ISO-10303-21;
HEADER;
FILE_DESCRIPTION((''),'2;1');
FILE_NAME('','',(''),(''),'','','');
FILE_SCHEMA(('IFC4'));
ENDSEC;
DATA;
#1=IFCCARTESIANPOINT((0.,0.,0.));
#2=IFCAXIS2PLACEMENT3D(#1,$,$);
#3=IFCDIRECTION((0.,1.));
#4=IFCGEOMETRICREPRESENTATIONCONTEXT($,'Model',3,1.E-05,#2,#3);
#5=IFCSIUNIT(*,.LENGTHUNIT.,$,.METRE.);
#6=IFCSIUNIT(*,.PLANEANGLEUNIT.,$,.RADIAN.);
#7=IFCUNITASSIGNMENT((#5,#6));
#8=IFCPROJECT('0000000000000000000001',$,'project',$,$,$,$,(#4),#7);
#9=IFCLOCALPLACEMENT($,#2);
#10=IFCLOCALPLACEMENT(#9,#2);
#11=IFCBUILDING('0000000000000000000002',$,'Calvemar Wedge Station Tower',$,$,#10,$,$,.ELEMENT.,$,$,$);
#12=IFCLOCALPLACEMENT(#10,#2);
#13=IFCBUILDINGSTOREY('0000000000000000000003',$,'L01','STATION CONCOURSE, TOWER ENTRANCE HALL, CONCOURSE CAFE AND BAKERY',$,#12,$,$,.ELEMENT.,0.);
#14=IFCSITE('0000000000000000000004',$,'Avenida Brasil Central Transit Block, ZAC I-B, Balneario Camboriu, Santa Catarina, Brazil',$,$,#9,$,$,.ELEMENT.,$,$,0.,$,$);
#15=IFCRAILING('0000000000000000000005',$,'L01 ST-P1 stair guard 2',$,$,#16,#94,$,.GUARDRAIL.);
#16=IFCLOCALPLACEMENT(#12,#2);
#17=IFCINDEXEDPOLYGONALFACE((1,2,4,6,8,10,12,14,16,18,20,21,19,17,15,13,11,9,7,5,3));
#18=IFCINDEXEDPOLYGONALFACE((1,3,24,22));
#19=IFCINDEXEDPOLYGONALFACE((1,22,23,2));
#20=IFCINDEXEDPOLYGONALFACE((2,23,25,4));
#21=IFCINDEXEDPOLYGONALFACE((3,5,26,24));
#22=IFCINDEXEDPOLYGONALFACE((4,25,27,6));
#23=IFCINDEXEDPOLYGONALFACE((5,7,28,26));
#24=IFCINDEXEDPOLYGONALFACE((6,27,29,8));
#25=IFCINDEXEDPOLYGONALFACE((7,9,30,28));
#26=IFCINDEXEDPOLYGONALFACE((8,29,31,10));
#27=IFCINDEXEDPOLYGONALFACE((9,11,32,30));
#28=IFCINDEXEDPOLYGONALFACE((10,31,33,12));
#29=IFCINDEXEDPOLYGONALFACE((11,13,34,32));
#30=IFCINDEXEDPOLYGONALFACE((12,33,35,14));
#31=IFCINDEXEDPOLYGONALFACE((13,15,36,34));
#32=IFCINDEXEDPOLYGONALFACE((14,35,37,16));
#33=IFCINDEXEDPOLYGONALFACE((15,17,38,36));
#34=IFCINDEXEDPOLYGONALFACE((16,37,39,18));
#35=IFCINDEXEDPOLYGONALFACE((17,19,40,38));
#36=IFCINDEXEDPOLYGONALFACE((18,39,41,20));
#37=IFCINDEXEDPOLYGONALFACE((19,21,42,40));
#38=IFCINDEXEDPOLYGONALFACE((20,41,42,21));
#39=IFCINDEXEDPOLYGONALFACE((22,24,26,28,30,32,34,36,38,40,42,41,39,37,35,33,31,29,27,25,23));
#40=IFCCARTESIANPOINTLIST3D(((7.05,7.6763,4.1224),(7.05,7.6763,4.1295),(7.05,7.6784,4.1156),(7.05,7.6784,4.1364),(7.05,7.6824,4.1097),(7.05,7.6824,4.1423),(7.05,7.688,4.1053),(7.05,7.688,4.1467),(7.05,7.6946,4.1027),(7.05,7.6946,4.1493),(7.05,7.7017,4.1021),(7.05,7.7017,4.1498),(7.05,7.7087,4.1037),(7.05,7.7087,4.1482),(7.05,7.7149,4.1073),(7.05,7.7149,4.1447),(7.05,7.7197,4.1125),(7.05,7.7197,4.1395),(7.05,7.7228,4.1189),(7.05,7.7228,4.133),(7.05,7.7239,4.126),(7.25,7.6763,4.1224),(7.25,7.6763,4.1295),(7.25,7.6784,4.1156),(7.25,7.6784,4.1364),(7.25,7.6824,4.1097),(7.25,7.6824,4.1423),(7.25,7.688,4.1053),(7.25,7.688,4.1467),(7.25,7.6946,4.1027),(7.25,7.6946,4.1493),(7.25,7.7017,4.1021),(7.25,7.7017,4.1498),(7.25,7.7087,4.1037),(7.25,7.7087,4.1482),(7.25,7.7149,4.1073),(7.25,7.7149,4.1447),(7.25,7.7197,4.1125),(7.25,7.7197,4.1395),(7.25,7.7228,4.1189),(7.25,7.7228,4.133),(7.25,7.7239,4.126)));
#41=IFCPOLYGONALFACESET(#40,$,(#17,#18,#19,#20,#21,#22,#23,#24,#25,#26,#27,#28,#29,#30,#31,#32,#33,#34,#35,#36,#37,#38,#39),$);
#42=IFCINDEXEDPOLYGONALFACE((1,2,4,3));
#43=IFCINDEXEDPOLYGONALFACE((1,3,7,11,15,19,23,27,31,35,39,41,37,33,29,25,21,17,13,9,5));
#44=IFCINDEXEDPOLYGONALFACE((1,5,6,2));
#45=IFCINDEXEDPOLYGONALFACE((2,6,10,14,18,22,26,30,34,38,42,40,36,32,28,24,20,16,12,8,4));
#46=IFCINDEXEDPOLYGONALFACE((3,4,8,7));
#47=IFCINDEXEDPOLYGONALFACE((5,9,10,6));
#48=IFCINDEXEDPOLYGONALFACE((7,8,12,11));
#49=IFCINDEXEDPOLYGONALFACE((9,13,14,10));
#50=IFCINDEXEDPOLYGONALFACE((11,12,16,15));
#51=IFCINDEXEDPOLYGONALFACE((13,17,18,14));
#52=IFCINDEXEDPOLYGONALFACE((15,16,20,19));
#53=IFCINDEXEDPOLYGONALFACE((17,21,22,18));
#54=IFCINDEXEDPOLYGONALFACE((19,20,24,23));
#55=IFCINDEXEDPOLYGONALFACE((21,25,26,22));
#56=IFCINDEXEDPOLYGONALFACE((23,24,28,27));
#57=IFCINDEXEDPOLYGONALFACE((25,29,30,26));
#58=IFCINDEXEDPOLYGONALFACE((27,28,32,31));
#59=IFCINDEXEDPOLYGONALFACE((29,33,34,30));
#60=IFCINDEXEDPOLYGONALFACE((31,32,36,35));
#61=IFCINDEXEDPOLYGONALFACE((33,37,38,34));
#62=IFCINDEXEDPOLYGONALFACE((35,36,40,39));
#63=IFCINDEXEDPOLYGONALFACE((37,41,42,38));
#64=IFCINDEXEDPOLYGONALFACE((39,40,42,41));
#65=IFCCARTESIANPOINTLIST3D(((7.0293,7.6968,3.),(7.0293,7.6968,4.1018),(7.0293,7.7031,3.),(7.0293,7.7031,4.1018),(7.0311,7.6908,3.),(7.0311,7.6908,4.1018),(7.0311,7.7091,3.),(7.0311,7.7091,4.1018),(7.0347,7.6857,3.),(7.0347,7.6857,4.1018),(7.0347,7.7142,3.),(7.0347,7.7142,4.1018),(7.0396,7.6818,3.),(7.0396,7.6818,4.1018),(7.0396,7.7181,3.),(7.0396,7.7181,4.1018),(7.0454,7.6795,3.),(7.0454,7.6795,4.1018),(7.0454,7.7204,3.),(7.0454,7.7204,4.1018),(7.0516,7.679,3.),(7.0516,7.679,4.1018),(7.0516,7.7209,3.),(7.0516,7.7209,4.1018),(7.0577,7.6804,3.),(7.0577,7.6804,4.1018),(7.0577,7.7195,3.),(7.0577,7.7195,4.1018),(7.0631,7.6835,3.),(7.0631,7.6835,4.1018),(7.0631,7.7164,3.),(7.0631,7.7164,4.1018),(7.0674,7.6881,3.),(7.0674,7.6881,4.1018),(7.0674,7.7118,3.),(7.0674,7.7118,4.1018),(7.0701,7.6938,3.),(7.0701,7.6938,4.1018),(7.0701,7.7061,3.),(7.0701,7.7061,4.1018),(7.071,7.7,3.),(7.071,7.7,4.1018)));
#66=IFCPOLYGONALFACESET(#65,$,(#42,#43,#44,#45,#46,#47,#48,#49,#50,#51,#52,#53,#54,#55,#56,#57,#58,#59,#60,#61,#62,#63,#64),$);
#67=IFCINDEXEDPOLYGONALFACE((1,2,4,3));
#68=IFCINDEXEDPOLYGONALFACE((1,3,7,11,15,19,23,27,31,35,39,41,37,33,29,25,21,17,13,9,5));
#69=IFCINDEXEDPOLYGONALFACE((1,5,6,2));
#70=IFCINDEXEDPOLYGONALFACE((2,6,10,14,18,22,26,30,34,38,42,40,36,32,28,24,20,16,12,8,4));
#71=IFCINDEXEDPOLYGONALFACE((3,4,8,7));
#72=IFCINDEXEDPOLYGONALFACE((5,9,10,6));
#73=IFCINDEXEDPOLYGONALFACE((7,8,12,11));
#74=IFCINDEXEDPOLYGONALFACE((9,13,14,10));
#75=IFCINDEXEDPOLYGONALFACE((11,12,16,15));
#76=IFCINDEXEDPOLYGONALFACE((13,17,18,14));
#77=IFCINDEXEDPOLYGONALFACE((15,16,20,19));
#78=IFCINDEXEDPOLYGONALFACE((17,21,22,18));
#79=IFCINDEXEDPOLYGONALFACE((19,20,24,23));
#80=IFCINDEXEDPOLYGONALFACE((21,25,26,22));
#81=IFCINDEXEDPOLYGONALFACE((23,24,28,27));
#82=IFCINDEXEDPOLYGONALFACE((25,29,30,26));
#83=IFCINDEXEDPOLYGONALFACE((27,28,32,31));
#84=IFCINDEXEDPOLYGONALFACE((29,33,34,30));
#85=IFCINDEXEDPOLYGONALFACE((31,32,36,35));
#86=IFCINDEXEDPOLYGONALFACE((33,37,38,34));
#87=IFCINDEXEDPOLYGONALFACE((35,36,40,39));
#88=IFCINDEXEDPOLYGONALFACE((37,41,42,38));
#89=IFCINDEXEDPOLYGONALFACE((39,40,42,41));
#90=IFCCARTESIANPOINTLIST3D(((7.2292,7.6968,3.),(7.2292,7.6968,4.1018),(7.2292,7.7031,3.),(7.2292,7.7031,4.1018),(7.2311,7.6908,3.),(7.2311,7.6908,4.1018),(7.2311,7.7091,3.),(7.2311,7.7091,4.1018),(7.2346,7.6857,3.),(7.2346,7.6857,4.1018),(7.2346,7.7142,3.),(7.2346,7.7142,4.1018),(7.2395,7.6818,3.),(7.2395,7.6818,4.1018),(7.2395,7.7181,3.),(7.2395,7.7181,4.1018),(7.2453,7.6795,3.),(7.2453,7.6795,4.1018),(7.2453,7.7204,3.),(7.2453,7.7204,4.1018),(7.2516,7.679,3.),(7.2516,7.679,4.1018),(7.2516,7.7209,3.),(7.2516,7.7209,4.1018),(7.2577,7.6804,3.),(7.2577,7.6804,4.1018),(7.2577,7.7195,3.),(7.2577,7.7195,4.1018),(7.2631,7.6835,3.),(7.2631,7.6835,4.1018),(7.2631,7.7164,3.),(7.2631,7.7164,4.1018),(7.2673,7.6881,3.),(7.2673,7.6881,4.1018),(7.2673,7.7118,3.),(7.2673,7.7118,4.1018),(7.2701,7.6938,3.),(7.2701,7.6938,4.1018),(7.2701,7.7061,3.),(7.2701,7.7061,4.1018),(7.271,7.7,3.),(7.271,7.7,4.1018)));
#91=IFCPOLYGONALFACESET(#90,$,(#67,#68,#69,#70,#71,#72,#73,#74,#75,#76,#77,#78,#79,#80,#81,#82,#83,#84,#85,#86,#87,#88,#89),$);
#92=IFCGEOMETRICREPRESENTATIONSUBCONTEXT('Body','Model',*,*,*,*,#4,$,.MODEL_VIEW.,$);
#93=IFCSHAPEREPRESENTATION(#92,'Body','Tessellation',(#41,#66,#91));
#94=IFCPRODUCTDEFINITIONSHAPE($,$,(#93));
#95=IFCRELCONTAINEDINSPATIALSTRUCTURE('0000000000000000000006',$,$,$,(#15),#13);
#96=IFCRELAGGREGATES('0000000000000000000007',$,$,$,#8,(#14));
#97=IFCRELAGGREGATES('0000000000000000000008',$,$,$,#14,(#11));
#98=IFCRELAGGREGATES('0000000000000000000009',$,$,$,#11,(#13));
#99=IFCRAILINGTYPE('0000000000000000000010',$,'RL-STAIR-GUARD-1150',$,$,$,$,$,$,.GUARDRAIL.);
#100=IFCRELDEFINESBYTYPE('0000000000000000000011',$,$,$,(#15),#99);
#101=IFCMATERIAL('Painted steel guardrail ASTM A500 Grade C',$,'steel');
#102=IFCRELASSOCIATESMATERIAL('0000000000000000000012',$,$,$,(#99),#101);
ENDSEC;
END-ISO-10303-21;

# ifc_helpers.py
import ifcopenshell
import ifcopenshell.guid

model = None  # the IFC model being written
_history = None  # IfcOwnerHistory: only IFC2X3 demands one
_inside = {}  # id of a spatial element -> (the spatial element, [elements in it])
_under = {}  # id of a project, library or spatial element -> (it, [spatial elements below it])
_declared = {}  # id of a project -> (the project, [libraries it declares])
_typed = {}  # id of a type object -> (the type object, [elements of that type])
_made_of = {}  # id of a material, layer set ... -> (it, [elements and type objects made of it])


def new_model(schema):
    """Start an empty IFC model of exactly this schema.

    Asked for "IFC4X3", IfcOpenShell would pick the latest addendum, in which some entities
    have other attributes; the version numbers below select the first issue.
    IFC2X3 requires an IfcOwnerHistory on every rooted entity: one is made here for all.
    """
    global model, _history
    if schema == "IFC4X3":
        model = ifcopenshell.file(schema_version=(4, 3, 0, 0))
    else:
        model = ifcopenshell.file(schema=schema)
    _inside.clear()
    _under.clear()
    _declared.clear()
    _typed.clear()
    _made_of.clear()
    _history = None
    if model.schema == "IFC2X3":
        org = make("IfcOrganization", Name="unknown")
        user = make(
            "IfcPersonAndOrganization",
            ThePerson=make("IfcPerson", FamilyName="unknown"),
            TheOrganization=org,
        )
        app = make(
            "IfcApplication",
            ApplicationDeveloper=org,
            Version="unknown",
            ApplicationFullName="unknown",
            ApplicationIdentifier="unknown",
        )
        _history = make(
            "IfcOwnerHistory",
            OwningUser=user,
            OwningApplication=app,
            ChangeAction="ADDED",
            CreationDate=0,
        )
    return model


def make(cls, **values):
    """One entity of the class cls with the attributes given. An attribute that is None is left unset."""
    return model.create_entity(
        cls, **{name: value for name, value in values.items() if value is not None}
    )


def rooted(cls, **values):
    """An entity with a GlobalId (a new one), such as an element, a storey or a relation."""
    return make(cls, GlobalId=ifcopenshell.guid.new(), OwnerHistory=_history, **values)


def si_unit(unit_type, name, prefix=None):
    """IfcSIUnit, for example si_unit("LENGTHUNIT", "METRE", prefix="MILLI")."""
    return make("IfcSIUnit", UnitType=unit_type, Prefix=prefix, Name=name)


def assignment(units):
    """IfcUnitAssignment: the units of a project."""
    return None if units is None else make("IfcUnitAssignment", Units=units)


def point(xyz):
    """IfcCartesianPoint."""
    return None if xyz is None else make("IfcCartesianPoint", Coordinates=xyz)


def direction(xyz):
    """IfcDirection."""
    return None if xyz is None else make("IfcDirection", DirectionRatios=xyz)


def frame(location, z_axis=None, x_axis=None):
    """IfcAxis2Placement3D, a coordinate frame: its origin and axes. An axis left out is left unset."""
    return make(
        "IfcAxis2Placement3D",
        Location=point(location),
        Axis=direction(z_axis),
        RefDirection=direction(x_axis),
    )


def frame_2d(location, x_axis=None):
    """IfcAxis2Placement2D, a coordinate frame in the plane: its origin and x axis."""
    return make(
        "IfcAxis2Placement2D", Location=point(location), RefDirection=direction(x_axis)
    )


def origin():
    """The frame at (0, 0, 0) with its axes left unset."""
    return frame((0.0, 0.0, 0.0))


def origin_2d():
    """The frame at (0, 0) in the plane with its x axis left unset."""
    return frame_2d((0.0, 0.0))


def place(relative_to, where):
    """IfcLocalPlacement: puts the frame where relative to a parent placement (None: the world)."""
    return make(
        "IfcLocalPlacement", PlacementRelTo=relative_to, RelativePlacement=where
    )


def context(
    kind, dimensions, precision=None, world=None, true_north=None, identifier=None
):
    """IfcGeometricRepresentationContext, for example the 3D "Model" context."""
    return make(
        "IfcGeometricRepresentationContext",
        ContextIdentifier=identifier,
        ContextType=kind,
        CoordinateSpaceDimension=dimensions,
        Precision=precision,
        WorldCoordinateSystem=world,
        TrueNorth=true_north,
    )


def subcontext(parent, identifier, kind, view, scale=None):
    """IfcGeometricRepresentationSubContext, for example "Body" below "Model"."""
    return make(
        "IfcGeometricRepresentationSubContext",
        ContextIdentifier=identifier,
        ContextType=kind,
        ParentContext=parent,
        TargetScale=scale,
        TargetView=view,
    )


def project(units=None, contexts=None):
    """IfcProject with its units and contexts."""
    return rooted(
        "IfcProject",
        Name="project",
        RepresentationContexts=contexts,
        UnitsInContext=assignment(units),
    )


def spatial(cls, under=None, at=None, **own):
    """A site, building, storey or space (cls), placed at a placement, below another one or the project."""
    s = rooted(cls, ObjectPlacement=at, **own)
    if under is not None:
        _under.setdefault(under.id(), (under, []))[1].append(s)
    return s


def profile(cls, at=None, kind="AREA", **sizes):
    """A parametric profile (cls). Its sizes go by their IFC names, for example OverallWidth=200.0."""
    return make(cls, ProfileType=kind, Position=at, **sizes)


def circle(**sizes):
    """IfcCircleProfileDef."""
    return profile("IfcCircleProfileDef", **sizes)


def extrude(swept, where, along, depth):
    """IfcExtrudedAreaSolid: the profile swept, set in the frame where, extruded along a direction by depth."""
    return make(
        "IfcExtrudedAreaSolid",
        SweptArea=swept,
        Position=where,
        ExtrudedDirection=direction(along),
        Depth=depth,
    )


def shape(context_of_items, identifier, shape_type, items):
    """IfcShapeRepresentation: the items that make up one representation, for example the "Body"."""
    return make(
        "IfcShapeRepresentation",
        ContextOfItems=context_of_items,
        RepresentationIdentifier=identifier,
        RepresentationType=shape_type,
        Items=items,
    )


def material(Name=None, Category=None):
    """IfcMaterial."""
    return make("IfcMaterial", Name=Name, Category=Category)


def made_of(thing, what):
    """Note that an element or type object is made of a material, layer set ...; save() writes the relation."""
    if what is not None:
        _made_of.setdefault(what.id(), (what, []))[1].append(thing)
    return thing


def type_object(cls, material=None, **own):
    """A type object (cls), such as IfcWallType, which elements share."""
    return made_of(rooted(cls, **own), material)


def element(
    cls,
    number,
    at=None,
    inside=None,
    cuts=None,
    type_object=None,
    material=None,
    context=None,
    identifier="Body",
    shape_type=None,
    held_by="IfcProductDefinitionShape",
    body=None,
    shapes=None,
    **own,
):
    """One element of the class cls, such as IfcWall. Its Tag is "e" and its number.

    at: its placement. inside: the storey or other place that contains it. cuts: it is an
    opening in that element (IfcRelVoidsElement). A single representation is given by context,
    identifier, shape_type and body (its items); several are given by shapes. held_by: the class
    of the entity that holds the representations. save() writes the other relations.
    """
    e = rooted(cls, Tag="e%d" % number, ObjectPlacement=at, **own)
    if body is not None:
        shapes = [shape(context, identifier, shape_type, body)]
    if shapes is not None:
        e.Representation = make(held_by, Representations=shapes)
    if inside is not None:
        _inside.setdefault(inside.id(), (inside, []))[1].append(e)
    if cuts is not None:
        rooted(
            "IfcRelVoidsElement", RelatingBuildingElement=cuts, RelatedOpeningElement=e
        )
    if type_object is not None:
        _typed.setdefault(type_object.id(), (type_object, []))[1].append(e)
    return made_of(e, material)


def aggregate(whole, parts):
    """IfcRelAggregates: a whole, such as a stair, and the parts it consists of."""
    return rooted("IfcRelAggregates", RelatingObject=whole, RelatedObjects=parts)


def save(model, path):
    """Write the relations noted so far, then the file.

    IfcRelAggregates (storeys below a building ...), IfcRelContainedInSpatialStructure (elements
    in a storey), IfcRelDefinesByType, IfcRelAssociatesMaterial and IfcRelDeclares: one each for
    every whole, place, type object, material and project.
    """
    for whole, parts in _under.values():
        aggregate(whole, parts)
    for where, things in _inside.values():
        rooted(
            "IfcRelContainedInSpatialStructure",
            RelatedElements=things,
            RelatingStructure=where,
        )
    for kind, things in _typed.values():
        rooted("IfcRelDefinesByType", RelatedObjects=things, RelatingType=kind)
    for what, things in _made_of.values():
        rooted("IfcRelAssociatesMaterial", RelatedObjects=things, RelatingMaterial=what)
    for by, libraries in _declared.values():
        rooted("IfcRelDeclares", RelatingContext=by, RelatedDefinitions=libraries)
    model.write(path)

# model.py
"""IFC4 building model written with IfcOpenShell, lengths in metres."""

from ifc_helpers import new_model, si_unit, direction, frame, origin, origin_2d, place, context, subcontext, project, spatial, circle, extrude, material, type_object, element, save


model = new_model("IFC4")

# Units and contexts
model_context = context("Model", 3, precision=1e-05, world=origin(), true_north=direction((0.0, 1.0)))
body_context = subcontext(model_context, "Body", "Model", "MODEL_VIEW")
ifc_project = project(units=[si_unit("LENGTHUNIT", "METRE"), si_unit("PLANEANGLEUNIT", "RADIAN")], contexts=[model_context])

# Site, building, storey
site_placement = place(None, origin())
site = spatial("IfcSite", under=ifc_project, at=site_placement, Name="Avenida Brasil Central Transit Block, ZAC I-B, Balneario Camboriu, Santa Catarina, Brazil", CompositionType="ELEMENT", RefElevation=0.0)
building_placement = place(site_placement, origin())
building = spatial("IfcBuilding", under=site, at=building_placement, Name="Calvemar Wedge Station Tower", CompositionType="ELEMENT")
storey_placement = place(building_placement, origin())
storey = spatial("IfcBuildingStorey", under=building, at=storey_placement, Name="L01", Description="STATION CONCOURSE, TOWER ENTRANCE HALL, CONCOURSE CAFE AND BAKERY", CompositionType="ELEMENT", Elevation=0.0)

# Railing
ifc_material_1 = material(Name="Painted steel guardrail ASTM A500 Grade C", Category="steel")
railing_type_1 = type_object("IfcRailingType", Name="RL-STAIR-GUARD-1150", PredefinedType="GUARDRAIL", material=ifc_material_1)
railing_1_placement = place(storey_placement, frame((7.05, 7.7, 3.0)))
element("IfcRailing", 1, at=railing_1_placement, inside=storey, type_object=railing_type_1, Name="L01 ST-P1 stair guard 2", PredefinedType="GUARDRAIL", context=body_context, shape_type="SweptSolid", body=[
    extrude(circle(Radius=0.0239, at=origin_2d()), frame((0.0, 0.0, 1.126), z_axis=(1.0, 0.0, 0.0), x_axis=(0.0, 1.0, 0.0)), (0.0, 0.0, 1.0), 0.2),
    extrude(circle(Radius=0.021, at=origin_2d()), origin(), (0.0, 0.0, 1.0), 1.1018),
    extrude(circle(Radius=0.021, at=origin_2d()), frame((0.2, 0.0, 0.0)), (0.0, 0.0, 1.0), 1.1018),
])

save(model, "model.ifc")
